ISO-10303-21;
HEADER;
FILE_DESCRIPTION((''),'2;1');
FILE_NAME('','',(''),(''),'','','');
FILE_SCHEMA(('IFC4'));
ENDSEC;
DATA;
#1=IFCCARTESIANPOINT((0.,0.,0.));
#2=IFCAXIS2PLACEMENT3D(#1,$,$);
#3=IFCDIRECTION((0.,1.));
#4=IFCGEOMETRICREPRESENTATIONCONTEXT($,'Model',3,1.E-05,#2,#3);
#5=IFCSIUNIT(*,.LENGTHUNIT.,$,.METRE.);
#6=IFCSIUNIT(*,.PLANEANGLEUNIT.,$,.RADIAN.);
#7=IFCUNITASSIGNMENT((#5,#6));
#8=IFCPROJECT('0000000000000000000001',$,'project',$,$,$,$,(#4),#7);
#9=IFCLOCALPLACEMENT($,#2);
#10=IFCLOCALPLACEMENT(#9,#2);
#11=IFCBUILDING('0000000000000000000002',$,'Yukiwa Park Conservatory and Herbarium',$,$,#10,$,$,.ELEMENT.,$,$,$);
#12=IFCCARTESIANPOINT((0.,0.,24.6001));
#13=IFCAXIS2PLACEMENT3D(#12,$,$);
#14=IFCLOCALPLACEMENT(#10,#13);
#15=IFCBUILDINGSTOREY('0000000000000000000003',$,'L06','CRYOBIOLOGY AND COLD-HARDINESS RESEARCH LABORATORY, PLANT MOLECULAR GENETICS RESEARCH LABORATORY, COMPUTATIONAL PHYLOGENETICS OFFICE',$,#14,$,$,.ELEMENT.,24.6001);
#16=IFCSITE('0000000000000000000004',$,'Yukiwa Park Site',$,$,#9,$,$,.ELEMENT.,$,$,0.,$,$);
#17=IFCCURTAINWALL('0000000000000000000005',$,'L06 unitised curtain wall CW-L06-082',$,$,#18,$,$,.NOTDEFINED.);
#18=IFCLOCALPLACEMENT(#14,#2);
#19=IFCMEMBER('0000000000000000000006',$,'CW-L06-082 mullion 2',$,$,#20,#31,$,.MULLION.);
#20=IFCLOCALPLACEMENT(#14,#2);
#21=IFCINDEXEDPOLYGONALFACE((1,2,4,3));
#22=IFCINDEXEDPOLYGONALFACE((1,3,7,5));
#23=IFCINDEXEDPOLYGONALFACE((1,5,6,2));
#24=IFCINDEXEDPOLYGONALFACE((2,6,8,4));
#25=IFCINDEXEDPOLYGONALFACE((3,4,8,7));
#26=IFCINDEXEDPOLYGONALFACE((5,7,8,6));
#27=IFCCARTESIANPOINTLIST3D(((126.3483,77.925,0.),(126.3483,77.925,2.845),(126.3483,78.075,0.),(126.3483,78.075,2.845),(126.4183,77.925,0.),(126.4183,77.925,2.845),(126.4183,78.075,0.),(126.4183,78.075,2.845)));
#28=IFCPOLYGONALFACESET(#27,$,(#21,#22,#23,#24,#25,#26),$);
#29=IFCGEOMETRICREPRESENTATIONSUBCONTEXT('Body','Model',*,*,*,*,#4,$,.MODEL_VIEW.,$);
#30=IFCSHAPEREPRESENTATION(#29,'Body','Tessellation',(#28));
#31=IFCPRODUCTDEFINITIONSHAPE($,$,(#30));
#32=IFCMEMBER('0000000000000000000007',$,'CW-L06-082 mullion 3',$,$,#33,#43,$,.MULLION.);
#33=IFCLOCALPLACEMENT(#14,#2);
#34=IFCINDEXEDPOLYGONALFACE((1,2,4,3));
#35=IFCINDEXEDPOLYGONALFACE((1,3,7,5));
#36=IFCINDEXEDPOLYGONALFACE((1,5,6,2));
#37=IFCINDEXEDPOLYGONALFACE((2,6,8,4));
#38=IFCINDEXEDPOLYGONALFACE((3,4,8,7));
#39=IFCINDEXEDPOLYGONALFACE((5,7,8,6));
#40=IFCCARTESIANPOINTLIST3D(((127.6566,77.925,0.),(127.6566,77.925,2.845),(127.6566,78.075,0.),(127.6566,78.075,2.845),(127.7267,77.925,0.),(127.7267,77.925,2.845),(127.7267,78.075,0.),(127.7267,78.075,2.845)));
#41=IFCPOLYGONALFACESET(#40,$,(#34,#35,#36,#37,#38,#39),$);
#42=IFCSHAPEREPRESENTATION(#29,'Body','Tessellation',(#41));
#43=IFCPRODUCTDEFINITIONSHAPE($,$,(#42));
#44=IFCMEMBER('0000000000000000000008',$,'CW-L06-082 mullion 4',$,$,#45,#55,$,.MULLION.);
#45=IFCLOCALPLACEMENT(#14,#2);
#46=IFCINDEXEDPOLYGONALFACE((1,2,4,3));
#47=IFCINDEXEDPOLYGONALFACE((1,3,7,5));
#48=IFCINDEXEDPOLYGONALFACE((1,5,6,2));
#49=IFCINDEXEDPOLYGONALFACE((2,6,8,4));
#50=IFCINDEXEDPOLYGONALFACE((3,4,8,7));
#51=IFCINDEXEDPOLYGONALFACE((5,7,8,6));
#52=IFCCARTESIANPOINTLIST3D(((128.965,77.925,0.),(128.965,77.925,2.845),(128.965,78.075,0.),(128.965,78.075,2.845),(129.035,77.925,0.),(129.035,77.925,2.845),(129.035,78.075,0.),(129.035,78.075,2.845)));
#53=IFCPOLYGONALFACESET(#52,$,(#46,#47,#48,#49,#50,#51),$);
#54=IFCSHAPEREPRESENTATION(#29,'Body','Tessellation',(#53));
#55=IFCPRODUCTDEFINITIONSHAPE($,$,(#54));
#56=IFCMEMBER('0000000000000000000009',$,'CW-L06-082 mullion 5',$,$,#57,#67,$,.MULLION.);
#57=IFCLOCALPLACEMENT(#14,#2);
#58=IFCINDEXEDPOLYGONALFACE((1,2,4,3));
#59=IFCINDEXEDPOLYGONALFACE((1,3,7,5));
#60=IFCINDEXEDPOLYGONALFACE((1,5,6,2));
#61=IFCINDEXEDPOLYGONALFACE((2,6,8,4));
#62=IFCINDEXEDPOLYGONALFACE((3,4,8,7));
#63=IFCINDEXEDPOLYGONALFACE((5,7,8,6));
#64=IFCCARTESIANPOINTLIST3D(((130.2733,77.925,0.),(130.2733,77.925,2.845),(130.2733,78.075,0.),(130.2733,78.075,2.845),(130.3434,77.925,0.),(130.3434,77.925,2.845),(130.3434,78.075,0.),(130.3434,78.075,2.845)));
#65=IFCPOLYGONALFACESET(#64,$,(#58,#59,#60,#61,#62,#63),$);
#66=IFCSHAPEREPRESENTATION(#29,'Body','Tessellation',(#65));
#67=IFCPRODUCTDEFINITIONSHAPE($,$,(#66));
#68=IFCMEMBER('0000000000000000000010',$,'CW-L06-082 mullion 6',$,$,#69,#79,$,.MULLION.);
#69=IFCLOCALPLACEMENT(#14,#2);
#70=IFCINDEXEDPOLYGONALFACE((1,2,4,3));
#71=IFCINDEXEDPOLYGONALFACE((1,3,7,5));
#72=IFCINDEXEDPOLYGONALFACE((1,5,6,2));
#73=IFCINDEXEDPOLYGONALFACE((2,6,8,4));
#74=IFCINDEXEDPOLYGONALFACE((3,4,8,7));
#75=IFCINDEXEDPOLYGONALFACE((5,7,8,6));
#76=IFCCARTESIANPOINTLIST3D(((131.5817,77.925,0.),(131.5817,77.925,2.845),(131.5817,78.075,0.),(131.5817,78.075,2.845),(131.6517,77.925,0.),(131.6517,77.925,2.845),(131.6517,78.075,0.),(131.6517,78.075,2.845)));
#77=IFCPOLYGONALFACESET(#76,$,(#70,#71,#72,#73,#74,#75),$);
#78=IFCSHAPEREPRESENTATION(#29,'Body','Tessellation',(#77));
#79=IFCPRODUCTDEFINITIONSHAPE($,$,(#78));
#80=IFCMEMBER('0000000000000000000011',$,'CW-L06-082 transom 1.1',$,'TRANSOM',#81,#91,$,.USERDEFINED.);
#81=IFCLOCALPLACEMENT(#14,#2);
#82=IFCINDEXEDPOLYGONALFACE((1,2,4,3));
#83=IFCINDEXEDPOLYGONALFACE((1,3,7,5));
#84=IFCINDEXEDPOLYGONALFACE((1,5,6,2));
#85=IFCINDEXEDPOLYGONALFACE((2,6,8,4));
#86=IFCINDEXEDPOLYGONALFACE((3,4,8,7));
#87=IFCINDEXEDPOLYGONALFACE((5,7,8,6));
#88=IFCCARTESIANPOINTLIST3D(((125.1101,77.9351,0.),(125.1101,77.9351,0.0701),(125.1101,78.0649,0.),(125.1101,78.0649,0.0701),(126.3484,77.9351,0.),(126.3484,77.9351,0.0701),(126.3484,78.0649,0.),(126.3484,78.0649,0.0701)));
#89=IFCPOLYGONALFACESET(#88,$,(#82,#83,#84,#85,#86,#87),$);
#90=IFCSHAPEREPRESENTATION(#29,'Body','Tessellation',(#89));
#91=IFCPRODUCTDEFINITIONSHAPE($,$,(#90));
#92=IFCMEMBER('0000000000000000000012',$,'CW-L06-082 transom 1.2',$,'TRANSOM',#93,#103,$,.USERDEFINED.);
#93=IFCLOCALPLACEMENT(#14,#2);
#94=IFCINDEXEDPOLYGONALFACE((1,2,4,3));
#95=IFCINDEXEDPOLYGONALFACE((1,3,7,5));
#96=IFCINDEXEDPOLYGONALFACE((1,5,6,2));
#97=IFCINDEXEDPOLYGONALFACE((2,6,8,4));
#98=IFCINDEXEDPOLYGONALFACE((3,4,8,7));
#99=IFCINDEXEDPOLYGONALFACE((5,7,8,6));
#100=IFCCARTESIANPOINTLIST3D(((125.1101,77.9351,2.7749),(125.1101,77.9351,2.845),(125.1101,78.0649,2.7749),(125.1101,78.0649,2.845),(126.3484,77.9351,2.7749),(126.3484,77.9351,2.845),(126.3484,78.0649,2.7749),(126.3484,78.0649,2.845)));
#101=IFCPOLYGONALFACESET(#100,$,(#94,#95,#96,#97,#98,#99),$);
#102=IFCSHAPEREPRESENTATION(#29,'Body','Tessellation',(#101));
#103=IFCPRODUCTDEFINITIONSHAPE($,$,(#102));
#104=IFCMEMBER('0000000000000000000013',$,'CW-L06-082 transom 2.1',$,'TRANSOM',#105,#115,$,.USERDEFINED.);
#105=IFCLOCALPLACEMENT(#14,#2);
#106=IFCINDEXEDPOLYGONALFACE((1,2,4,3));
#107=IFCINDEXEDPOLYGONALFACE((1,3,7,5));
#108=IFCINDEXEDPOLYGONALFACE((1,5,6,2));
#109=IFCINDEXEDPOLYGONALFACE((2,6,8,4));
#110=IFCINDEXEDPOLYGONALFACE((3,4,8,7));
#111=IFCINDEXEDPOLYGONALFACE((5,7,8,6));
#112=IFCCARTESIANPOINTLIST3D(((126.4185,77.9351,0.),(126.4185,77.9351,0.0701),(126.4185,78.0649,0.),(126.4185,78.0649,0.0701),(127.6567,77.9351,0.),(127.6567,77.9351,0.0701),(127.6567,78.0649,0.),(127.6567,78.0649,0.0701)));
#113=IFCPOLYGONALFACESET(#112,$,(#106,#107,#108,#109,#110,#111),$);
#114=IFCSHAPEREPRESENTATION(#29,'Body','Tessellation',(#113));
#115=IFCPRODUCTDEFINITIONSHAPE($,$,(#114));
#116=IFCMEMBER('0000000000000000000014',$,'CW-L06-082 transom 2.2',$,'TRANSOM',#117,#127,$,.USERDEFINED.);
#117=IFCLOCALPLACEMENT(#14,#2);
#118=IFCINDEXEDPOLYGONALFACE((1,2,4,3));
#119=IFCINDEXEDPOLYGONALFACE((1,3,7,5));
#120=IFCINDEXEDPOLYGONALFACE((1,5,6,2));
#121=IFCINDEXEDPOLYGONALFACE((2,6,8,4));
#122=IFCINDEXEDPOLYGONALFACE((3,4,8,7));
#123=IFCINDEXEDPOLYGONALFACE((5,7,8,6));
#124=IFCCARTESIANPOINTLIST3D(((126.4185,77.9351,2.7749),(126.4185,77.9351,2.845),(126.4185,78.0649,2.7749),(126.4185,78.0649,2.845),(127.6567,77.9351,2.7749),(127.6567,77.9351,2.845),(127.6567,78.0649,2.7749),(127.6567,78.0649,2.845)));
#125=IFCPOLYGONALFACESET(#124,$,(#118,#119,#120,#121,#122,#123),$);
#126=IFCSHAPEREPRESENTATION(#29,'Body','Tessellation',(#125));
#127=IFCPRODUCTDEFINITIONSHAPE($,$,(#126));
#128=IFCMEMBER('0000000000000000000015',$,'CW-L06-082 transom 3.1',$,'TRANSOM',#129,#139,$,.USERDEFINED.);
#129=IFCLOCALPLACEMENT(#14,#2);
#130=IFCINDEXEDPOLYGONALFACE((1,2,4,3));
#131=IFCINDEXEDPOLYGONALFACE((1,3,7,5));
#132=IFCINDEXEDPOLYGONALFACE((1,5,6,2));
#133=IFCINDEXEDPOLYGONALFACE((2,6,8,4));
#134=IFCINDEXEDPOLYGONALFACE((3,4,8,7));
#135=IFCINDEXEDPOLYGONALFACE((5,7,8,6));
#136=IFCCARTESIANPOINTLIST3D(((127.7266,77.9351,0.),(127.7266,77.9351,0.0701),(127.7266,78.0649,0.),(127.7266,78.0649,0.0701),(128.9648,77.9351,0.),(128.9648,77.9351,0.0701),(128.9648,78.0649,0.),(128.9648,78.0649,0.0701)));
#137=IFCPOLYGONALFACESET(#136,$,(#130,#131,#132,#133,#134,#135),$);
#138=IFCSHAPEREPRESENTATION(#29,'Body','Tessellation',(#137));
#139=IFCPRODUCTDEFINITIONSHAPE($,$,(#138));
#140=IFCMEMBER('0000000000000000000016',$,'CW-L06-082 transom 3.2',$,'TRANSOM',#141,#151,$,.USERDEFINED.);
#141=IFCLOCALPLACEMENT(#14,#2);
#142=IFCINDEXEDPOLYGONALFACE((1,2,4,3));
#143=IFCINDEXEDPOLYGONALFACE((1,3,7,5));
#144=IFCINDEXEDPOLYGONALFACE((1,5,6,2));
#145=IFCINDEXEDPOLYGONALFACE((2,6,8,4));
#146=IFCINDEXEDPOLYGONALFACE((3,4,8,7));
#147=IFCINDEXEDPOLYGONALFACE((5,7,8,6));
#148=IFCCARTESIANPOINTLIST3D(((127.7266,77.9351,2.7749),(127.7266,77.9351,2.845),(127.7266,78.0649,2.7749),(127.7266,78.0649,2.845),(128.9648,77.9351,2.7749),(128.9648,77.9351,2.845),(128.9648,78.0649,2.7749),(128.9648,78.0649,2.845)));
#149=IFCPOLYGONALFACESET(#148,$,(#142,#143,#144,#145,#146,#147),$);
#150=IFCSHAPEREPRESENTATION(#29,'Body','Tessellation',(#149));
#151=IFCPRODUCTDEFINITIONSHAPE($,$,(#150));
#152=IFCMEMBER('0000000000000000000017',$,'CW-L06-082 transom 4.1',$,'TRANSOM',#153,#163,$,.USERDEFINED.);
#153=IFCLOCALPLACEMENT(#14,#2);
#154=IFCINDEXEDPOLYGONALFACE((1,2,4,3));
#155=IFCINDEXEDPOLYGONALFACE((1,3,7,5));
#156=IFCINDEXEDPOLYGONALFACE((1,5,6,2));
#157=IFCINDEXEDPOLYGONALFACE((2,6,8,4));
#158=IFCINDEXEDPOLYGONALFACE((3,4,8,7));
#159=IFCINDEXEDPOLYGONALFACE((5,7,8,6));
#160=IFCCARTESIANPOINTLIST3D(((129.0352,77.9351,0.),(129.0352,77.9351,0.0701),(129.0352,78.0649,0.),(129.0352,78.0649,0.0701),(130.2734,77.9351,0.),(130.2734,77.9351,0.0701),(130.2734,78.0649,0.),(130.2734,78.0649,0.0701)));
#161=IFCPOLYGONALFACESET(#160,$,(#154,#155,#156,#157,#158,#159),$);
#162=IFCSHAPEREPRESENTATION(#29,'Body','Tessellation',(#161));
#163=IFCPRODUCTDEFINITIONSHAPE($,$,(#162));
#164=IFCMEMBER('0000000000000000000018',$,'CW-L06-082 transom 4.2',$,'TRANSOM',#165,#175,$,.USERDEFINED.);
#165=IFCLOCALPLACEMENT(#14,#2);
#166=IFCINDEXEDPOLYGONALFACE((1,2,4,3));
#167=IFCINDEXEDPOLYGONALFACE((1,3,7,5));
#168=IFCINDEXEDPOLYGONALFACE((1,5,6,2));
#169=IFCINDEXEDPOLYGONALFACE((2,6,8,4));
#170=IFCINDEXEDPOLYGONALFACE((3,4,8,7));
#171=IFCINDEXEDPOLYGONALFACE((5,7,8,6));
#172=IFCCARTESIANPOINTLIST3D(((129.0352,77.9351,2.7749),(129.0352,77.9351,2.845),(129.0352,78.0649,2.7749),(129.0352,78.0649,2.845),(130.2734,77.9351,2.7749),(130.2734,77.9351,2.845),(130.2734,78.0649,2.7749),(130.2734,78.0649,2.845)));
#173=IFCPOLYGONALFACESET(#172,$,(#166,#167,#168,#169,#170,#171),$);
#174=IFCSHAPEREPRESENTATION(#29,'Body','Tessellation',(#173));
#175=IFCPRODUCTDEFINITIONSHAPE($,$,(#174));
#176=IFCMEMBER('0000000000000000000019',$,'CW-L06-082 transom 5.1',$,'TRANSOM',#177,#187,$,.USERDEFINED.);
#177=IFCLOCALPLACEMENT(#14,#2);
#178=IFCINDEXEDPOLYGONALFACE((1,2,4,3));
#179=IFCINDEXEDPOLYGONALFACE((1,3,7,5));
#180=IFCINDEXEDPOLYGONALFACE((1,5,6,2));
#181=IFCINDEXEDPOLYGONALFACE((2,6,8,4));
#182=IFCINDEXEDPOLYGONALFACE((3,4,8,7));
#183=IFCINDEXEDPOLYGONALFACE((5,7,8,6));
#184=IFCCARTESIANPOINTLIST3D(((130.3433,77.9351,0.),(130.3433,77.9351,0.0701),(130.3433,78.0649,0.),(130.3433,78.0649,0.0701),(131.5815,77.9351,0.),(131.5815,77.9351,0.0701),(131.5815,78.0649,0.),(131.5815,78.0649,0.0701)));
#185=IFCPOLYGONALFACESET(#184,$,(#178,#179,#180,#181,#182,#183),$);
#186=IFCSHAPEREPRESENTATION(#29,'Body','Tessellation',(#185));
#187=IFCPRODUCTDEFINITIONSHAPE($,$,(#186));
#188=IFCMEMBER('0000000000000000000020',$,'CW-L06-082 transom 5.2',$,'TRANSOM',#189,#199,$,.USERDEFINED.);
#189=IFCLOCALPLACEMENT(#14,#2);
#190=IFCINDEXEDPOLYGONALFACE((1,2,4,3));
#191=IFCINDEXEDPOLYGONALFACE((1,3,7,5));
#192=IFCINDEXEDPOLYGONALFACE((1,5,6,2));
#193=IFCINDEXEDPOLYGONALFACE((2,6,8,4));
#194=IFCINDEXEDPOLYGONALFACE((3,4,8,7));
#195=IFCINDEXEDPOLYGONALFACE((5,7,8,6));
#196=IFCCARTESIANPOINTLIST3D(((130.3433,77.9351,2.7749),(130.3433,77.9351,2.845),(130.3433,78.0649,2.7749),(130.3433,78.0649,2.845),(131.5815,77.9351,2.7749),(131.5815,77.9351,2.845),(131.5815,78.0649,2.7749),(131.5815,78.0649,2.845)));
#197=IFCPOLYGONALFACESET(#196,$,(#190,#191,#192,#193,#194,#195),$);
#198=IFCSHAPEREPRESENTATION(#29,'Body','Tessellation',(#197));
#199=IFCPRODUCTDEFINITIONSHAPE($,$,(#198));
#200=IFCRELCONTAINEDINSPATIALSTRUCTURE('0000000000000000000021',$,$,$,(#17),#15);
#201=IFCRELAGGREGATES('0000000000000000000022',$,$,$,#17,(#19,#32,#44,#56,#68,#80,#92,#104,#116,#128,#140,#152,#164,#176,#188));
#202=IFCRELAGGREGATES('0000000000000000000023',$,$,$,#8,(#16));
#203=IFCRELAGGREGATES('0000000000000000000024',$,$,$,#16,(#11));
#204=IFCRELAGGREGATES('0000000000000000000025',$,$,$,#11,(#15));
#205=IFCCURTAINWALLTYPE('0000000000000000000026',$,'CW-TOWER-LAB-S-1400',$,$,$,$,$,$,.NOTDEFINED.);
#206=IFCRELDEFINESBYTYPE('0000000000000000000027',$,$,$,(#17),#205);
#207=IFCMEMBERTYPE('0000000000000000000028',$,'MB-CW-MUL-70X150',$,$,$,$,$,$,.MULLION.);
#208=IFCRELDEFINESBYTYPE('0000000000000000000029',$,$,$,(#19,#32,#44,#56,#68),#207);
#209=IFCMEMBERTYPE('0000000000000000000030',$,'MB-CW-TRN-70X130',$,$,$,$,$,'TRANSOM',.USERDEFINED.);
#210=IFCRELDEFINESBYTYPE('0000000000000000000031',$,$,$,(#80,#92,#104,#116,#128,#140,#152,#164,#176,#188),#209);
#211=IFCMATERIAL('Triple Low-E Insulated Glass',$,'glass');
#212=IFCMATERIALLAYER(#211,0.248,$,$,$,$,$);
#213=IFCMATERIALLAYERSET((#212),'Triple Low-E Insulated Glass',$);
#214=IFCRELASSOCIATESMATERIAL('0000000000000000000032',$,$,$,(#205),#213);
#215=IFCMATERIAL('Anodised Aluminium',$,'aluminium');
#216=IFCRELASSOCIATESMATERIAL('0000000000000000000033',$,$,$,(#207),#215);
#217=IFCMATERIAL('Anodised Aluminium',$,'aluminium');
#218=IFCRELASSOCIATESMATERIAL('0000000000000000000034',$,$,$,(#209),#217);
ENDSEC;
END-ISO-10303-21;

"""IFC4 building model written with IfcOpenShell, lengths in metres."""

from ifc_helpers import new_model, si_unit, direction, frame, origin, origin_2d, place, context, subcontext, project, spatial, rectangle, extrude, material, layer, layer_set, type_object, element, aggregate, save


model = new_model("IFC4")

# Units and contexts
model_context = context("Model", 3, precision=1e-05, world=origin(), true_north=direction((0.0, 1.0)))
body_context = subcontext(model_context, "Body", "Model", "MODEL_VIEW")
ifc_project = project(units=[si_unit("LENGTHUNIT", "METRE"), si_unit("PLANEANGLEUNIT", "RADIAN")], contexts=[model_context])

# Site, building, storey
site_placement = place(None, origin())
site = spatial("IfcSite", under=ifc_project, at=site_placement, Name="Yukiwa Park Site", CompositionType="ELEMENT", RefElevation=0.0)
building_placement = place(site_placement, origin())
building = spatial("IfcBuilding", under=site, at=building_placement, Name="Yukiwa Park Conservatory and Herbarium", CompositionType="ELEMENT")
storey_placement = place(building_placement, frame((0.0, 0.0, 24.6001)))
storey = spatial("IfcBuildingStorey", under=building, at=storey_placement, Name="L06", Description="CRYOBIOLOGY AND COLD-HARDINESS RESEARCH LABORATORY, PLANT MOLECULAR GENETICS RESEARCH LABORATORY, COMPUTATIONAL PHYLOGENETICS OFFICE", CompositionType="ELEMENT", Elevation=24.6001)

# Curtain wall, members
ifc_material_1 = material(Name="Triple Low-E Insulated Glass", Category="glass")
ifc_layer_1 = layer(ifc_material_1, 0.248)
ifc_layer_set_1 = layer_set([ifc_layer_1], Name="Triple Low-E Insulated Glass")
curtain_wall_type = type_object("IfcCurtainWallType", Name="CW-TOWER-LAB-S-1400", PredefinedType="NOTDEFINED", material=ifc_layer_set_1)
curtain_wall_placement = place(storey_placement, origin())
curtain_wall = element("IfcCurtainWall", 1, at=curtain_wall_placement, inside=storey, type_object=curtain_wall_type, Name="L06 unitised curtain wall CW-L06-082", PredefinedType="NOTDEFINED")
ifc_material_2 = material(Name="Anodised Aluminium", Category="aluminium")
member_type_1 = type_object("IfcMemberType", Name="MB-CW-MUL-70X150", PredefinedType="MULLION", material=ifc_material_2)
member_1_placement = place(storey_placement, frame((126.3833, 78.0, 0.0), z_axis=(0.0, 0.0, 1.0), x_axis=(1.0, 0.0, 0.0)))
member_1 = element("IfcMember", 2, at=member_1_placement, type_object=member_type_1, Name="CW-L06-082 mullion 2", PredefinedType="MULLION", context=body_context, shape_type="SweptSolid", body=[
    extrude(rectangle(XDim=0.0701, YDim=0.1499, at=origin_2d()), origin(), (0.0, 0.0, 1.0), 2.845),
])
member_2_placement = place(storey_placement, frame((127.6917, 78.0, 0.0), z_axis=(0.0, 0.0, 1.0), x_axis=(1.0, 0.0, 0.0)))
member_2 = element("IfcMember", 3, at=member_2_placement, type_object=member_type_1, Name="CW-L06-082 mullion 3", PredefinedType="MULLION", context=body_context, shape_type="SweptSolid", body=[
    extrude(rectangle(XDim=0.0701, YDim=0.1499, at=origin_2d()), origin(), (0.0, 0.0, 1.0), 2.845),
])
member_3_placement = place(storey_placement, frame((129.0, 78.0, 0.0), z_axis=(0.0, 0.0, 1.0), x_axis=(1.0, 0.0, 0.0)))
member_3 = element("IfcMember", 4, at=member_3_placement, type_object=member_type_1, Name="CW-L06-082 mullion 4", PredefinedType="MULLION", context=body_context, shape_type="SweptSolid", body=[
    extrude(rectangle(XDim=0.0701, YDim=0.1499, at=origin_2d()), origin(), (0.0, 0.0, 1.0), 2.845),
])
member_4_placement = place(storey_placement, frame((130.3083, 78.0, 0.0), z_axis=(0.0, 0.0, 1.0), x_axis=(1.0, 0.0, 0.0)))
member_4 = element("IfcMember", 5, at=member_4_placement, type_object=member_type_1, Name="CW-L06-082 mullion 5", PredefinedType="MULLION", context=body_context, shape_type="SweptSolid", body=[
    extrude(rectangle(XDim=0.0701, YDim=0.1499, at=origin_2d()), origin(), (0.0, 0.0, 1.0), 2.845),
])
member_5_placement = place(storey_placement, frame((131.6167, 78.0, 0.0), z_axis=(0.0, 0.0, 1.0), x_axis=(1.0, 0.0, 0.0)))
member_5 = element("IfcMember", 6, at=member_5_placement, type_object=member_type_1, Name="CW-L06-082 mullion 6", PredefinedType="MULLION", context=body_context, shape_type="SweptSolid", body=[
    extrude(rectangle(XDim=0.0701, YDim=0.1499, at=origin_2d()), origin(), (0.0, 0.0, 1.0), 2.845),
])
ifc_material_3 = material(Name="Anodised Aluminium", Category="aluminium")
member_type_2 = type_object("IfcMemberType", Name="MB-CW-TRN-70X130", ElementType="TRANSOM", PredefinedType="USERDEFINED", material=ifc_material_3)
member_6_placement = place(storey_placement, frame((125.7292, 78.0, 0.0), z_axis=(0.0, 0.0, 1.0), x_axis=(1.0, 0.0, 0.0)))
member_6 = element("IfcMember", 7, at=member_6_placement, type_object=member_type_2, Name="CW-L06-082 transom 1.1", ObjectType="TRANSOM", PredefinedType="USERDEFINED", context=body_context, shape_type="SweptSolid", body=[
    extrude(rectangle(XDim=1.2383, YDim=0.1299, at=origin_2d()), origin(), (0.0, 0.0, 1.0), 0.0701),
])
member_7_placement = place(storey_placement, frame((125.7292, 78.0, 2.7749), z_axis=(0.0, 0.0, 1.0), x_axis=(1.0, 0.0, 0.0)))
member_7 = element("IfcMember", 8, at=member_7_placement, type_object=member_type_2, Name="CW-L06-082 transom 1.2", ObjectType="TRANSOM", PredefinedType="USERDEFINED", context=body_context, shape_type="SweptSolid", body=[
    extrude(rectangle(XDim=1.2383, YDim=0.1299, at=origin_2d()), origin(), (0.0, 0.0, 1.0), 0.0701),
])
member_8_placement = place(storey_placement, frame((127.0376, 78.0, 0.0), z_axis=(0.0, 0.0, 1.0), x_axis=(1.0, 0.0, 0.0)))
member_8 = element("IfcMember", 9, at=member_8_placement, type_object=member_type_2, Name="CW-L06-082 transom 2.1", ObjectType="TRANSOM", PredefinedType="USERDEFINED", context=body_context, shape_type="SweptSolid", body=[
    extrude(rectangle(XDim=1.2383, YDim=0.1299, at=origin_2d()), origin(), (0.0, 0.0, 1.0), 0.0701),
])
member_9_placement = place(storey_placement, frame((127.0376, 78.0, 2.7749), z_axis=(0.0, 0.0, 1.0), x_axis=(1.0, 0.0, 0.0)))
member_9 = element("IfcMember", 10, at=member_9_placement, type_object=member_type_2, Name="CW-L06-082 transom 2.2", ObjectType="TRANSOM", PredefinedType="USERDEFINED", context=body_context, shape_type="SweptSolid", body=[
    extrude(rectangle(XDim=1.2383, YDim=0.1299, at=origin_2d()), origin(), (0.0, 0.0, 1.0), 0.0701),
])
member_10_placement = place(storey_placement, frame((128.3457, 78.0, 0.0), z_axis=(0.0, 0.0, 1.0), x_axis=(1.0, 0.0, 0.0)))
member_10 = element("IfcMember", 11, at=member_10_placement, type_object=member_type_2, Name="CW-L06-082 transom 3.1", ObjectType="TRANSOM", PredefinedType="USERDEFINED", context=body_context, shape_type="SweptSolid", body=[
    extrude(rectangle(XDim=1.2383, YDim=0.1299, at=origin_2d()), origin(), (0.0, 0.0, 1.0), 0.0701),
])
member_11_placement = place(storey_placement, frame((128.3457, 78.0, 2.7749), z_axis=(0.0, 0.0, 1.0), x_axis=(1.0, 0.0, 0.0)))
member_11 = element("IfcMember", 12, at=member_11_placement, type_object=member_type_2, Name="CW-L06-082 transom 3.2", ObjectType="TRANSOM", PredefinedType="USERDEFINED", context=body_context, shape_type="SweptSolid", body=[
    extrude(rectangle(XDim=1.2383, YDim=0.1299, at=origin_2d()), origin(), (0.0, 0.0, 1.0), 0.0701),
])
member_12_placement = place(storey_placement, frame((129.6543, 78.0, 0.0), z_axis=(0.0, 0.0, 1.0), x_axis=(1.0, 0.0, 0.0)))
member_12 = element("IfcMember", 13, at=member_12_placement, type_object=member_type_2, Name="CW-L06-082 transom 4.1", ObjectType="TRANSOM", PredefinedType="USERDEFINED", context=body_context, shape_type="SweptSolid", body=[
    extrude(rectangle(XDim=1.2383, YDim=0.1299, at=origin_2d()), origin(), (0.0, 0.0, 1.0), 0.0701),
])
member_13_placement = place(storey_placement, frame((129.6543, 78.0, 2.7749), z_axis=(0.0, 0.0, 1.0), x_axis=(1.0, 0.0, 0.0)))
member_13 = element("IfcMember", 14, at=member_13_placement, type_object=member_type_2, Name="CW-L06-082 transom 4.2", ObjectType="TRANSOM", PredefinedType="USERDEFINED", context=body_context, shape_type="SweptSolid", body=[
    extrude(rectangle(XDim=1.2383, YDim=0.1299, at=origin_2d()), origin(), (0.0, 0.0, 1.0), 0.0701),
])
member_14_placement = place(storey_placement, frame((130.9624, 78.0, 0.0), z_axis=(0.0, 0.0, 1.0), x_axis=(1.0, 0.0, 0.0)))
member_14 = element("IfcMember", 15, at=member_14_placement, type_object=member_type_2, Name="CW-L06-082 transom 5.1", ObjectType="TRANSOM", PredefinedType="USERDEFINED", context=body_context, shape_type="SweptSolid", body=[
    extrude(rectangle(XDim=1.2383, YDim=0.1299, at=origin_2d()), origin(), (0.0, 0.0, 1.0), 0.0701),
])
member_15_placement = place(storey_placement, frame((130.9624, 78.0, 2.7749), z_axis=(0.0, 0.0, 1.0), x_axis=(1.0, 0.0, 0.0)))
member_15 = element("IfcMember", 16, at=member_15_placement, type_object=member_type_2, Name="CW-L06-082 transom 5.2", ObjectType="TRANSOM", PredefinedType="USERDEFINED", context=body_context, shape_type="SweptSolid", body=[
    extrude(rectangle(XDim=1.2383, YDim=0.1299, at=origin_2d()), origin(), (0.0, 0.0, 1.0), 0.0701),
])
aggregate(curtain_wall, [member_1, member_2, member_3, member_4, member_5, member_6, member_7, member_8, member_9, member_10, member_11, member_12, member_13, member_14, member_15])

save(model, "model.ifc")
